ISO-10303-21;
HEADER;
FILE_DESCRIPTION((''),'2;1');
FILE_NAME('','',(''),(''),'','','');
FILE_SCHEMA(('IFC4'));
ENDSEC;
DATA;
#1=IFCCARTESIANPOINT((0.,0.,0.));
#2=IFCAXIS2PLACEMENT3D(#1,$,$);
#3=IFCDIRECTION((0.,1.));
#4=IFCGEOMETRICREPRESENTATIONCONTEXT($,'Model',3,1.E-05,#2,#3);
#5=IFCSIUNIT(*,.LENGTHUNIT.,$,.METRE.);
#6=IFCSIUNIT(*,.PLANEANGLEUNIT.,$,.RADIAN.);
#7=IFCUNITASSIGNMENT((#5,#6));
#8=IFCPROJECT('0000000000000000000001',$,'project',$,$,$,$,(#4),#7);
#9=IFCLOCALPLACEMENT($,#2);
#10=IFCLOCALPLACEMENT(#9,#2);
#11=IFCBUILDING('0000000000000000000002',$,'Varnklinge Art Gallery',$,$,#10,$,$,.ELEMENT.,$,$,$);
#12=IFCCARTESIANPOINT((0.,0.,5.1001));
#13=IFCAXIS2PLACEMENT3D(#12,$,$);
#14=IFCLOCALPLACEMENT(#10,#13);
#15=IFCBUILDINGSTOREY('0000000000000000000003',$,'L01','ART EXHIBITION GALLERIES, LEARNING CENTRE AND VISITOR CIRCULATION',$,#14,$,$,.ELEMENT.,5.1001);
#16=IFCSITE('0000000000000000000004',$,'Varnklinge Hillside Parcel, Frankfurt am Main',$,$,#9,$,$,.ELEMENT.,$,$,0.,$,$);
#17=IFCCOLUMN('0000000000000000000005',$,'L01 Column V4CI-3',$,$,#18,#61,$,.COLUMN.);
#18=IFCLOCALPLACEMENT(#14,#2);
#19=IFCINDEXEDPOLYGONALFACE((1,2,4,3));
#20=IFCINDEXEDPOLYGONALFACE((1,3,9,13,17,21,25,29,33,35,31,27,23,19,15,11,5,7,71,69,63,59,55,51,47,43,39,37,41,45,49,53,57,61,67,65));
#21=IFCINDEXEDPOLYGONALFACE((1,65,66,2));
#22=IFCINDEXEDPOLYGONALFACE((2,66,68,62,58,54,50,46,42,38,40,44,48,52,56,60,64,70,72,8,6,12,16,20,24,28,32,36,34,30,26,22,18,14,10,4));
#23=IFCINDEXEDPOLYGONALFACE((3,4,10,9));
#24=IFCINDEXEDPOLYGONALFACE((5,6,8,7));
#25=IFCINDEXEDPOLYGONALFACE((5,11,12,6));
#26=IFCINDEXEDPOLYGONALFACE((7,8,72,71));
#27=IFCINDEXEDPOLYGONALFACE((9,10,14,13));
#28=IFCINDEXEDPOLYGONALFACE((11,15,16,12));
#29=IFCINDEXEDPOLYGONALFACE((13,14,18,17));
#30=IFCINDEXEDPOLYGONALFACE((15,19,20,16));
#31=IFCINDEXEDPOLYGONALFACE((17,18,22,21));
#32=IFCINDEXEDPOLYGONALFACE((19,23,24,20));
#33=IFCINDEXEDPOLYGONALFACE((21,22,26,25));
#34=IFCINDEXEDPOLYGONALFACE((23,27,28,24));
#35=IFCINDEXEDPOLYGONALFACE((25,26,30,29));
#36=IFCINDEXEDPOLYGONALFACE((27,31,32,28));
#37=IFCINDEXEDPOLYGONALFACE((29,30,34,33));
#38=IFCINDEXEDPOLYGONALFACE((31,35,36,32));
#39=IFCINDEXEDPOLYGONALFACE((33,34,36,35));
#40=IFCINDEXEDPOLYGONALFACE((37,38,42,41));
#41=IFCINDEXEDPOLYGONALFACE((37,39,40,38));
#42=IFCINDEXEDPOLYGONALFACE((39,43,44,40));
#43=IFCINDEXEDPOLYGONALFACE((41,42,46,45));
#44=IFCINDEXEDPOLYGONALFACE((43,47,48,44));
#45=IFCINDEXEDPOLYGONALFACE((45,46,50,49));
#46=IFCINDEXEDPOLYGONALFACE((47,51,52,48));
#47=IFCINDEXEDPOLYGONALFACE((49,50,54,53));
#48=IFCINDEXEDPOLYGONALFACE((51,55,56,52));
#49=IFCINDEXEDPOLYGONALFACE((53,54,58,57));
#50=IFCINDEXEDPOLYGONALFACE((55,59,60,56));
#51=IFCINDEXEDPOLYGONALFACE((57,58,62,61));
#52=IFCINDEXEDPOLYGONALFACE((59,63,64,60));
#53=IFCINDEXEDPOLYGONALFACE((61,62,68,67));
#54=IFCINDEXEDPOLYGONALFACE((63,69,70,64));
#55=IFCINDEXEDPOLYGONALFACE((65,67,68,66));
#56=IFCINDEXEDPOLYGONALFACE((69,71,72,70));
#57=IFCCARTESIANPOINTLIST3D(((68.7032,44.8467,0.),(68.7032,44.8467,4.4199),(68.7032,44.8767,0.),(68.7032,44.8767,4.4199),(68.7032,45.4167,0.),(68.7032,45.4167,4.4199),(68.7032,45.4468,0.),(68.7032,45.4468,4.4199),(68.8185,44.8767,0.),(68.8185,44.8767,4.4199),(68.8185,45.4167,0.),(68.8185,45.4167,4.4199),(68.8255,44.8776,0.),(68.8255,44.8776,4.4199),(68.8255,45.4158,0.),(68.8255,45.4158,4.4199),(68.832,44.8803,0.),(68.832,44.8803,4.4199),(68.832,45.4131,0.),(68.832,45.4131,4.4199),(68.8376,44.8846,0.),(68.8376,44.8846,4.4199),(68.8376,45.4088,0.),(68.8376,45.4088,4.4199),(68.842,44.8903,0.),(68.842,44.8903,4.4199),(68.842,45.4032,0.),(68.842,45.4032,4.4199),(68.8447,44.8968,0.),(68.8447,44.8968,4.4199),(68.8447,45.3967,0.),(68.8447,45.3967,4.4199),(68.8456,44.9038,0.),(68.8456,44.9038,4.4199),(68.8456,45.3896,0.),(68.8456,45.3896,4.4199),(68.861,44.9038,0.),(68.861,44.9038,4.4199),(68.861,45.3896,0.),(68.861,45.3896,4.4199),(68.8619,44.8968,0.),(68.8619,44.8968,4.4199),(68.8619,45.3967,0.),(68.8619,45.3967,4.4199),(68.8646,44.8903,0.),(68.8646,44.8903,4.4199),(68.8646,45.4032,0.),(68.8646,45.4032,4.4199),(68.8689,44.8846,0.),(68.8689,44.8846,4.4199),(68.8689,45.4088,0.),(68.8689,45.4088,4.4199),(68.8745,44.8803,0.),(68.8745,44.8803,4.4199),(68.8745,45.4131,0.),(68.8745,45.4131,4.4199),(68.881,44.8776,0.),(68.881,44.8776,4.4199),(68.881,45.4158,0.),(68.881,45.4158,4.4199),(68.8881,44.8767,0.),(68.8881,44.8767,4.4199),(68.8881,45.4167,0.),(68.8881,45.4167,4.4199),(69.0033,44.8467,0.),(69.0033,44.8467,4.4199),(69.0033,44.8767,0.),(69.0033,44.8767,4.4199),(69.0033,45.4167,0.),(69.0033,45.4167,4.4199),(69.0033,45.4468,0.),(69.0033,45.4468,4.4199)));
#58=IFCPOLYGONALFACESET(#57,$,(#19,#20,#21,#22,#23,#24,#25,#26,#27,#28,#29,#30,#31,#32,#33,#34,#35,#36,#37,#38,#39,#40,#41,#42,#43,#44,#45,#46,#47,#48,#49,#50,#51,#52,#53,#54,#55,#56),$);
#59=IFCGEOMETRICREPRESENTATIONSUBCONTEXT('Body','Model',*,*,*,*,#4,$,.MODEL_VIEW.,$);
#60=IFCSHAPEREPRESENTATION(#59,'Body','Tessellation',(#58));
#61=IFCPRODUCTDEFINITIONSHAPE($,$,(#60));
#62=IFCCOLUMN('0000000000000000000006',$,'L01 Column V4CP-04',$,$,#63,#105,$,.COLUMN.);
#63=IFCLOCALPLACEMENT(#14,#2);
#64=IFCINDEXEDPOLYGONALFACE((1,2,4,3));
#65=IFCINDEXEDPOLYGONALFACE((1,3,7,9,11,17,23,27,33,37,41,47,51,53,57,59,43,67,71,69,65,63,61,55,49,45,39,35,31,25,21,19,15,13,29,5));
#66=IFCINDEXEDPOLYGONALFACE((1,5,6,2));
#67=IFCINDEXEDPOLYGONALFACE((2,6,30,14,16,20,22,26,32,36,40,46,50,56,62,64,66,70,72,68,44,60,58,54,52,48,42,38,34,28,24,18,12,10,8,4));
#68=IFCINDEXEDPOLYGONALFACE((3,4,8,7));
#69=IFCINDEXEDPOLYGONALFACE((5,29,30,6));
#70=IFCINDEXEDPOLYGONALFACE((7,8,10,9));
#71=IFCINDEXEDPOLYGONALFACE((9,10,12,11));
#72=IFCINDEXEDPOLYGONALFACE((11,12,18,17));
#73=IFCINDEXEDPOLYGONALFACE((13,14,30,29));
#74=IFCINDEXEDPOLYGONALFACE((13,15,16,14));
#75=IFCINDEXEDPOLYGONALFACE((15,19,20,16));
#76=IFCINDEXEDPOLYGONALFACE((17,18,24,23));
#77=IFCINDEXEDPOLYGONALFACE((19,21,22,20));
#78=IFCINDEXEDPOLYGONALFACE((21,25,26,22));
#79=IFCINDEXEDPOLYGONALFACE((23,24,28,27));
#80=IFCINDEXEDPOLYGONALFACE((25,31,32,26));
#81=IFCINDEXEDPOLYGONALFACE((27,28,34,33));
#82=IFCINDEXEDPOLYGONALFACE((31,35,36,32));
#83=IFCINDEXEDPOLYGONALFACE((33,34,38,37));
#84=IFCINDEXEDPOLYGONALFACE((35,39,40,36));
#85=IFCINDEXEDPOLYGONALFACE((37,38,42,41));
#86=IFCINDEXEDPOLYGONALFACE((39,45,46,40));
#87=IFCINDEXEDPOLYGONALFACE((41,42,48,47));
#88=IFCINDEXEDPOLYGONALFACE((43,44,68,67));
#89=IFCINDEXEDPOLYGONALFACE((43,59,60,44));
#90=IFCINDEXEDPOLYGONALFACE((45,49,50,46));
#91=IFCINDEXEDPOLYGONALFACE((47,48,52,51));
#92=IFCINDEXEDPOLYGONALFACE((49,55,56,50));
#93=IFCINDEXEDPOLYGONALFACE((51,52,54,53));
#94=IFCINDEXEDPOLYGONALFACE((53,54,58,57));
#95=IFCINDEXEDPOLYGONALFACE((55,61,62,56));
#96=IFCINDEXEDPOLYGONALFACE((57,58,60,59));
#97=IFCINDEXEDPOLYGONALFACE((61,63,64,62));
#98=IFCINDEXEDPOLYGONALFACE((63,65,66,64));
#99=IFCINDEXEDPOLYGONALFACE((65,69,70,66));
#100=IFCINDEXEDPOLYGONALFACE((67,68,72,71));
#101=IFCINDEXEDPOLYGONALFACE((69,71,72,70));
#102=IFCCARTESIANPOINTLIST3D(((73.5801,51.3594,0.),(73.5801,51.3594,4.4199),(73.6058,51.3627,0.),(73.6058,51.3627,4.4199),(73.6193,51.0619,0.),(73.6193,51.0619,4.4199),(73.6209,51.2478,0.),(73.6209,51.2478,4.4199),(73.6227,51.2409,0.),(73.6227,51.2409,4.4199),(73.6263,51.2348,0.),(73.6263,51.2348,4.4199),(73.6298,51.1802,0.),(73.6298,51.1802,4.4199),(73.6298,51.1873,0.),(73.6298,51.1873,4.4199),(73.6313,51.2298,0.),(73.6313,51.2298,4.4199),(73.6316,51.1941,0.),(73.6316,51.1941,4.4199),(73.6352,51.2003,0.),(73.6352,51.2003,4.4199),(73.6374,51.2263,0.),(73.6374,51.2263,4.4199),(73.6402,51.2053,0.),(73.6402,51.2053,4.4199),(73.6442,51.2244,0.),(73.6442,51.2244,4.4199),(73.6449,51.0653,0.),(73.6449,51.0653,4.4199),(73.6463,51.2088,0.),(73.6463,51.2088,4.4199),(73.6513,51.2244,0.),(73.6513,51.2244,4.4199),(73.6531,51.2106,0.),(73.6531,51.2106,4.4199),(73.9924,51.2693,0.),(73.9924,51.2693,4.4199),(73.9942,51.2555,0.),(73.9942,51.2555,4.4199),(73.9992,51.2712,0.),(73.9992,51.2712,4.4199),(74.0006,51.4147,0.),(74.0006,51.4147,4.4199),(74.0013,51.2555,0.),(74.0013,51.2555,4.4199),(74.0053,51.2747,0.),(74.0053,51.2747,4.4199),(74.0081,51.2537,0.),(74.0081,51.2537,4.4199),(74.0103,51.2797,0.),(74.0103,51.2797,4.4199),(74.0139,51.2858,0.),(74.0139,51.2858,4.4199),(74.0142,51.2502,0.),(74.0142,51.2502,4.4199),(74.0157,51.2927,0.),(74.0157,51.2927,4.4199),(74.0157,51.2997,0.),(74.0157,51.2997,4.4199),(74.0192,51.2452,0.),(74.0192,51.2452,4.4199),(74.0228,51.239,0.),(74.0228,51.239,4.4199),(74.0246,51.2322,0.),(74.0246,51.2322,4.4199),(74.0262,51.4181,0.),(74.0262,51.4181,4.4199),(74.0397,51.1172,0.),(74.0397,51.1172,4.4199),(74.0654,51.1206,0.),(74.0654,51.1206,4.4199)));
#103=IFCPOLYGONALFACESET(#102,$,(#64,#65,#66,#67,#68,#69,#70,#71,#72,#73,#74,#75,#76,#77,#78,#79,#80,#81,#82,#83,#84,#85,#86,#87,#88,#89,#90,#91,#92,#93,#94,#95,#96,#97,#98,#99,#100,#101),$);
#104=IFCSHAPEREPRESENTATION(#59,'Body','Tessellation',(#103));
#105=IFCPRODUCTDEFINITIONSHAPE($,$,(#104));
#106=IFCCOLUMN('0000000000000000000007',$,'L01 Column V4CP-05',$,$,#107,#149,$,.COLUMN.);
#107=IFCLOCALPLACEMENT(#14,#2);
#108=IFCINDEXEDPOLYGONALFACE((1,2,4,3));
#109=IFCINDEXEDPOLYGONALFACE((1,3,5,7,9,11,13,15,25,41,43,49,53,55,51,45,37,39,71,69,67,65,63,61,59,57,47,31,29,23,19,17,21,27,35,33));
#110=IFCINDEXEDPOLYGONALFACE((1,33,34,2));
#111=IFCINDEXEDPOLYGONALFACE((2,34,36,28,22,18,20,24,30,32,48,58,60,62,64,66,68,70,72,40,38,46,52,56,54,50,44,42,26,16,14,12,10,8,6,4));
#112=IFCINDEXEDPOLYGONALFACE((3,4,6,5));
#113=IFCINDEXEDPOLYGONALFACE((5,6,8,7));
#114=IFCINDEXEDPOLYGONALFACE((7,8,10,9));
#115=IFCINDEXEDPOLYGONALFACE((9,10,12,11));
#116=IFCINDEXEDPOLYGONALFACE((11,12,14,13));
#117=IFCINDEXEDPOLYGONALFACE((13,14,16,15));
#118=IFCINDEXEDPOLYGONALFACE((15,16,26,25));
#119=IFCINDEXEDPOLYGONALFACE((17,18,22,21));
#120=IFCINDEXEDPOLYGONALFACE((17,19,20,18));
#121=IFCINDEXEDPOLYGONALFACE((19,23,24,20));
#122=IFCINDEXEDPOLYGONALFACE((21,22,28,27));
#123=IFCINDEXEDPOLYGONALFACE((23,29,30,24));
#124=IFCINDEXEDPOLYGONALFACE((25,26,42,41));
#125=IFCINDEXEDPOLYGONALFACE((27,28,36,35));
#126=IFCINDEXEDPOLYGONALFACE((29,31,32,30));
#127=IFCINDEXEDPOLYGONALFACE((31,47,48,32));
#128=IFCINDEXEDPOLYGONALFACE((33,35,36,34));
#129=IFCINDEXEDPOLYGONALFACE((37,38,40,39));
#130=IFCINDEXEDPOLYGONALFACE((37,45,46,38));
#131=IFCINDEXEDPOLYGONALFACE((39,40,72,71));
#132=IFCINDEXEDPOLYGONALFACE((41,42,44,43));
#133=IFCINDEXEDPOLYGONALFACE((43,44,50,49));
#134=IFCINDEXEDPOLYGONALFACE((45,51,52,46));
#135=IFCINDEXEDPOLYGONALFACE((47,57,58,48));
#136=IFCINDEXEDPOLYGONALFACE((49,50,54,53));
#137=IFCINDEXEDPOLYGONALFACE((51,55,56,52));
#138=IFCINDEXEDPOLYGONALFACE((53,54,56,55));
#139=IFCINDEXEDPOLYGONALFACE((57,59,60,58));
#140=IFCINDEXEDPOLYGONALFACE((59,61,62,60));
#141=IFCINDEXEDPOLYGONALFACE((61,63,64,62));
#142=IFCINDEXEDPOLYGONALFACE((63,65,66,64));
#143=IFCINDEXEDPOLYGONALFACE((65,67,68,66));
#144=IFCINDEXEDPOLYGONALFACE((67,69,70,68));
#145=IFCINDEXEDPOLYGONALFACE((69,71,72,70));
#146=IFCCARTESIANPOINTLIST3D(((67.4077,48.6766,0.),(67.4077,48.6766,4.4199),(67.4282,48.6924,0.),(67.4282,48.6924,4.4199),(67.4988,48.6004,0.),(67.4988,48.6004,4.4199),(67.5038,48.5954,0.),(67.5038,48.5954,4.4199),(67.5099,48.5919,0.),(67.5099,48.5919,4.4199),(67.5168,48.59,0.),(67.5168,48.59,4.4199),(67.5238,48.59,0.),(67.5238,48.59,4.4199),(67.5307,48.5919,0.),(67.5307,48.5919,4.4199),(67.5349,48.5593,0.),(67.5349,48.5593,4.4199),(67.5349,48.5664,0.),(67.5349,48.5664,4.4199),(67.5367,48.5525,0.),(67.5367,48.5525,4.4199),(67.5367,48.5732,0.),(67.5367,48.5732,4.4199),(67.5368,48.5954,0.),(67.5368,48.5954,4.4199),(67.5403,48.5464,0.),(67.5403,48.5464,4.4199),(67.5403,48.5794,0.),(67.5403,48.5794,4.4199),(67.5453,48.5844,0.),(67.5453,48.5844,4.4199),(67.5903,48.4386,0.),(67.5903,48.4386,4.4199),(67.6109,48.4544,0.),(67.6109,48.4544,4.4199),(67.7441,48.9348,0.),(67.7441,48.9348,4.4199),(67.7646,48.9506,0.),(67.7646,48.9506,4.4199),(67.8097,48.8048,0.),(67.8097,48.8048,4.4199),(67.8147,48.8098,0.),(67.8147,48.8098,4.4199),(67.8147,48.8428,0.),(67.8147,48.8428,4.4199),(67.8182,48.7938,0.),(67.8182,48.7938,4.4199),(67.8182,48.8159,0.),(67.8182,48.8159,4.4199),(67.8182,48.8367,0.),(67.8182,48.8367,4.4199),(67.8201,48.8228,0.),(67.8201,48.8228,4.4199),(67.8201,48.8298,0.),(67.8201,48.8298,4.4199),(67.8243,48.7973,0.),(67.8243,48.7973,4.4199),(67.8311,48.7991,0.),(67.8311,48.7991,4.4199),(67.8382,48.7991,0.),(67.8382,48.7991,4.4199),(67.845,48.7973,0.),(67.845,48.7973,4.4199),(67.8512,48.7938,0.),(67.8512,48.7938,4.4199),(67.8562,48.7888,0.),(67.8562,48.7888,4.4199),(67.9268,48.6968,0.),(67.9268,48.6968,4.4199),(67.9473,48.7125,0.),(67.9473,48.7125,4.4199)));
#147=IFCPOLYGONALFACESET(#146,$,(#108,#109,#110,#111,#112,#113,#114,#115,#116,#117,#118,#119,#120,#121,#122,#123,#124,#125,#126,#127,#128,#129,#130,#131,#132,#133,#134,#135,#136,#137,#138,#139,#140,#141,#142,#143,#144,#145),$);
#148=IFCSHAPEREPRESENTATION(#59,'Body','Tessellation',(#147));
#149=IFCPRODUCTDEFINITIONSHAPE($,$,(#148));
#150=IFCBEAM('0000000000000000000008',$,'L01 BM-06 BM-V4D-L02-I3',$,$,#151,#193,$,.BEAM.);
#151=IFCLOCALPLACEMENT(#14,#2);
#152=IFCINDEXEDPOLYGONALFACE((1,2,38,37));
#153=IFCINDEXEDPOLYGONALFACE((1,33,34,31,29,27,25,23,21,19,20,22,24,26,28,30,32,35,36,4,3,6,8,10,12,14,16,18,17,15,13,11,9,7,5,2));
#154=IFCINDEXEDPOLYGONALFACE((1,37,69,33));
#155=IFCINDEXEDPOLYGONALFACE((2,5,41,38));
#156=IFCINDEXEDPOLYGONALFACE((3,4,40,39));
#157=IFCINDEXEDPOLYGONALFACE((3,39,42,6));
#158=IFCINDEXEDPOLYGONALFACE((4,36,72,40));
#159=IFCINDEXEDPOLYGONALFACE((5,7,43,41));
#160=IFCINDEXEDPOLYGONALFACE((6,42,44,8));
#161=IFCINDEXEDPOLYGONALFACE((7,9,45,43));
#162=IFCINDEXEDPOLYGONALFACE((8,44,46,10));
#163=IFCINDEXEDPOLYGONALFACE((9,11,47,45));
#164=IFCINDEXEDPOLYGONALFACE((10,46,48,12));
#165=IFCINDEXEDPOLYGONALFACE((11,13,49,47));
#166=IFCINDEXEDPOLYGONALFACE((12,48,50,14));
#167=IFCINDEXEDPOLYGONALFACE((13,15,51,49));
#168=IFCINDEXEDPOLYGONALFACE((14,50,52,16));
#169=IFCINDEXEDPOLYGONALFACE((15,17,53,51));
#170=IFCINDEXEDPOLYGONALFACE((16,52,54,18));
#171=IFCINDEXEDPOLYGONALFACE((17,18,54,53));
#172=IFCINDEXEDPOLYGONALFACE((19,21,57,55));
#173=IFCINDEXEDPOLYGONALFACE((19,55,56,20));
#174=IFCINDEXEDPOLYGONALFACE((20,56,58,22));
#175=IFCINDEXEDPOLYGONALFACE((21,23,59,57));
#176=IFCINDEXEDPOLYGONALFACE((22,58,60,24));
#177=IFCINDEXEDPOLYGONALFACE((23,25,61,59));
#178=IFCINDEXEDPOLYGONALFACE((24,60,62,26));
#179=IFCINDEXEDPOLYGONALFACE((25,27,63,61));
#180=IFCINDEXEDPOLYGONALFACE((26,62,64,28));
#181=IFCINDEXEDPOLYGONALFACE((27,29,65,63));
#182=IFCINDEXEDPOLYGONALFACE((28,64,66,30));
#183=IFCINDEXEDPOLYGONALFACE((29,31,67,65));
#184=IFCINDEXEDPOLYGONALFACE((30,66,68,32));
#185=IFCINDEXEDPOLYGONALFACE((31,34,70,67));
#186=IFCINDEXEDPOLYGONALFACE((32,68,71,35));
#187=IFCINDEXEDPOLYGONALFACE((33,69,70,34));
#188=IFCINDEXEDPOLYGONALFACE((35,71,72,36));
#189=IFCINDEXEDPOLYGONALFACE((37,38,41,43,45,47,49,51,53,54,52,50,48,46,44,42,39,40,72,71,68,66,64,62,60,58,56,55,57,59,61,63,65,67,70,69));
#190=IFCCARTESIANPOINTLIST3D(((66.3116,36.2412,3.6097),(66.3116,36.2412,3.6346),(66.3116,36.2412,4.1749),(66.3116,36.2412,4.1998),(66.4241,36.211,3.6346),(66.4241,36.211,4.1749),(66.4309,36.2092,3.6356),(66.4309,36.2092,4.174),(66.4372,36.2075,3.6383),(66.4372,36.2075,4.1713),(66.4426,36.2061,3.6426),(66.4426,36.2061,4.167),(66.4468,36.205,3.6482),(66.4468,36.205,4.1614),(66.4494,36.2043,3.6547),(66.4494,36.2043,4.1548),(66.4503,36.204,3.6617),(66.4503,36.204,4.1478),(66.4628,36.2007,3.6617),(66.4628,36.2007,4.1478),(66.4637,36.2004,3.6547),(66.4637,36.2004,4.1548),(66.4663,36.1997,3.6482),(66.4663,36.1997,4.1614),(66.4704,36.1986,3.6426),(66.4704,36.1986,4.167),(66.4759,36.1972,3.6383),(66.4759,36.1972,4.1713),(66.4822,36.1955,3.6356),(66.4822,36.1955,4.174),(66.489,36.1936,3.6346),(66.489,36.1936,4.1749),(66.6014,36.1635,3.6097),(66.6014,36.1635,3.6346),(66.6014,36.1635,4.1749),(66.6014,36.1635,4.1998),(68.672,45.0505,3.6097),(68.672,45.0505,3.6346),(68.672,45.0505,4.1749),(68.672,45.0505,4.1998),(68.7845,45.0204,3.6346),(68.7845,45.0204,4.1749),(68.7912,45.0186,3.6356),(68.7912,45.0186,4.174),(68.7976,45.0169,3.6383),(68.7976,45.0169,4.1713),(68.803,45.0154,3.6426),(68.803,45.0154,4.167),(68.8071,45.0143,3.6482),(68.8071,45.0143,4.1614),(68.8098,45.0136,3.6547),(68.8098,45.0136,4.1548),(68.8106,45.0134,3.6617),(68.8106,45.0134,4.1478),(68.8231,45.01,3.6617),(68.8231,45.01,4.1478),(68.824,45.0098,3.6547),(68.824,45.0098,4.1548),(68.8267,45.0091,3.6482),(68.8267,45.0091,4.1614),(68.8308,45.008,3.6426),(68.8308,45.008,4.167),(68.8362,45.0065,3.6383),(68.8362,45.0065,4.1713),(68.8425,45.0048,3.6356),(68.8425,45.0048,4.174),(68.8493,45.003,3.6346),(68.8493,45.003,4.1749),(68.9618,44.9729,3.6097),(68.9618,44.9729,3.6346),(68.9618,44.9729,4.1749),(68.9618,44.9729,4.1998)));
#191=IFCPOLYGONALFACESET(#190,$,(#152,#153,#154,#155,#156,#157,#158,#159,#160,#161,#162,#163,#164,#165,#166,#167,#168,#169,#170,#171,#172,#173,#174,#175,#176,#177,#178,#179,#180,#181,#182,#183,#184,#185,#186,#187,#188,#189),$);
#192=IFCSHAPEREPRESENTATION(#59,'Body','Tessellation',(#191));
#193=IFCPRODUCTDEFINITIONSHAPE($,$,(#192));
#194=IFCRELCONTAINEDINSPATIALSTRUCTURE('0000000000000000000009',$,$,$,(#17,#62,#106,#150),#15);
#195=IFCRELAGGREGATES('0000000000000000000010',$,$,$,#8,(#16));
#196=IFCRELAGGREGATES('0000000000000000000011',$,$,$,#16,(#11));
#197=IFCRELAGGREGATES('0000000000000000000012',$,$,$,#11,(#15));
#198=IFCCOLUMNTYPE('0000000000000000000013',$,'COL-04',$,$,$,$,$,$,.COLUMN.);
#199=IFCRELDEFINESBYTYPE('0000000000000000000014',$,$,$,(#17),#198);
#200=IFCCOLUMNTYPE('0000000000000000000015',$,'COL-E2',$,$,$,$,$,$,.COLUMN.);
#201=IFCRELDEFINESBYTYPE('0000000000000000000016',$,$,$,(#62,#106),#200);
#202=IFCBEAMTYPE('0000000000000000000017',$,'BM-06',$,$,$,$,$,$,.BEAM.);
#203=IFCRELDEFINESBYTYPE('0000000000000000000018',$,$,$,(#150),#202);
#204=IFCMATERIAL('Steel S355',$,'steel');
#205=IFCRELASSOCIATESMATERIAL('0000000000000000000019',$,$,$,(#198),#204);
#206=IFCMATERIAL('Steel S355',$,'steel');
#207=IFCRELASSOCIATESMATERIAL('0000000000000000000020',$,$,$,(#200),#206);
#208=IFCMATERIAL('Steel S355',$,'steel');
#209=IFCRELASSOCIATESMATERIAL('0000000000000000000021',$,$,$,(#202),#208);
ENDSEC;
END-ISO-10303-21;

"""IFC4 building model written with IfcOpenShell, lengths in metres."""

from ifc_helpers import new_model, si_unit, direction, frame, origin, origin_2d, place, context, subcontext, project, spatial, i_section, extrude, material, material_profile, profile_set, type_object, element, save


model = new_model("IFC4")

# Units and contexts
model_context = context("Model", 3, precision=1e-05, world=origin(), true_north=direction((0.0, 1.0)))
body_context = subcontext(model_context, "Body", "Model", "MODEL_VIEW")
ifc_project = project(units=[si_unit("LENGTHUNIT", "METRE"), si_unit("PLANEANGLEUNIT", "RADIAN")], contexts=[model_context])

# Site, building, storey
site_placement = place(None, origin())
site = spatial("IfcSite", under=ifc_project, at=site_placement, Name="Varnklinge Hillside Parcel, Frankfurt am Main", CompositionType="ELEMENT", RefElevation=0.0)
building_placement = place(site_placement, origin())
building = spatial("IfcBuilding", under=site, at=building_placement, Name="Varnklinge Art Gallery", CompositionType="ELEMENT")
storey_placement = place(building_placement, frame((0.0, 0.0, 5.1001)))
storey = spatial("IfcBuildingStorey", under=building, at=storey_placement, Name="L01", Description="ART EXHIBITION GALLERIES, LEARNING CENTRE AND VISITOR CIRCULATION", CompositionType="ELEMENT", Elevation=5.1001)

# Columns
ifc_material_1 = material(Name="Steel S355", Category="steel")
ifc_material_profile_1 = material_profile(ifc_material_1, i_section(OverallWidth=0.3, OverallDepth=0.6001, WebThickness=0.0154, FlangeThickness=0.03, FilletRadius=0.0271, at=origin_2d()), Name="HEB 600")
ifc_profile_set_1 = profile_set([ifc_material_profile_1], Name="Steel S355")
column_type_1 = type_object("IfcColumnType", Name="COL-04", PredefinedType="COLUMN", material=ifc_profile_set_1)
column_placement = place(storey_placement, frame((68.8533, 45.1467, 0.0), z_axis=(0.0, 0.0, 1.0), x_axis=(1.0, 0.0, 0.0)))
element("IfcColumn", 1, at=column_placement, inside=storey, type_object=column_type_1, Name="L01 Column V4CI-3", PredefinedType="COLUMN", context=body_context, shape_type="SweptSolid", body=[
    extrude(i_section(OverallWidth=0.3, OverallDepth=0.6001, WebThickness=0.0154, FlangeThickness=0.03, FilletRadius=0.0271, at=origin_2d()), origin(), (0.0, 0.0, 1.0), 4.4199),
])
ifc_material_2 = material(Name="Steel S355", Category="steel")
ifc_material_profile_2 = material_profile(ifc_material_2, i_section(OverallWidth=0.3, OverallDepth=0.45, WebThickness=0.0139, FlangeThickness=0.0259, FilletRadius=0.0271, at=origin_2d()), Name="HEB 450")
ifc_profile_set_2 = profile_set([ifc_material_profile_2], Name="Steel S355")
column_type_2 = type_object("IfcColumnType", Name="COL-E2", PredefinedType="COLUMN", material=ifc_profile_set_2)
for number, where, z_axis, x_axis, name in (
    (2, (73.8228, 51.24, 0.0), (0.0, 0.0, 1.0), (-0.130526, 0.991445, 0.0), "L01 Column V4CP-04"),
    (3, (67.6775, 48.6946, 0.0), (0.0, 0.0, 1.0), (-0.608761, 0.793353, 0.0), "L01 Column V4CP-05"),
):
    element("IfcColumn", number, at=place(storey_placement, frame(where, z_axis=z_axis, x_axis=x_axis)), inside=storey, type_object=column_type_2, Name=name, PredefinedType="COLUMN", context=body_context, shape_type="SweptSolid", body=[
        extrude(i_section(OverallWidth=0.3, OverallDepth=0.45, WebThickness=0.0139, FlangeThickness=0.0259, FilletRadius=0.0271, at=origin_2d()), origin(), (0.0, 0.0, 1.0), 4.4199),
    ])

# Beam
ifc_material_3 = material(Name="Steel S355", Category="steel")
ifc_material_profile_3 = material_profile(ifc_material_3, i_section(OverallWidth=0.3, OverallDepth=0.5901, WebThickness=0.0129, FlangeThickness=0.0249, FilletRadius=0.0271, at=origin_2d()), Name="HEA 600")
ifc_profile_set_3 = profile_set([ifc_material_profile_3], Name="Steel S355")
beam_type_1 = type_object("IfcBeamType", Name="BM-06", PredefinedType="BEAM", material=ifc_profile_set_3)
beam_1_placement = place(storey_placement, frame((68.8169, 45.0117, 3.9048), z_axis=(-0.258809, -0.965929, 0.0), x_axis=(0.965929, -0.258809, 0.0)))
element("IfcBeam", 4, at=beam_1_placement, inside=storey, type_object=beam_type_1, Name="L01 BM-06 BM-V4D-L02-I3", PredefinedType="BEAM", context=body_context, shape_type="SweptSolid", body=[
    extrude(i_section(OverallWidth=0.3, OverallDepth=0.5901, WebThickness=0.0129, FlangeThickness=0.0249, FilletRadius=0.0271, at=origin_2d()), origin(), (0.0, 0.0, 1.0), 9.1201),
])

save(model, "model.ifc")
